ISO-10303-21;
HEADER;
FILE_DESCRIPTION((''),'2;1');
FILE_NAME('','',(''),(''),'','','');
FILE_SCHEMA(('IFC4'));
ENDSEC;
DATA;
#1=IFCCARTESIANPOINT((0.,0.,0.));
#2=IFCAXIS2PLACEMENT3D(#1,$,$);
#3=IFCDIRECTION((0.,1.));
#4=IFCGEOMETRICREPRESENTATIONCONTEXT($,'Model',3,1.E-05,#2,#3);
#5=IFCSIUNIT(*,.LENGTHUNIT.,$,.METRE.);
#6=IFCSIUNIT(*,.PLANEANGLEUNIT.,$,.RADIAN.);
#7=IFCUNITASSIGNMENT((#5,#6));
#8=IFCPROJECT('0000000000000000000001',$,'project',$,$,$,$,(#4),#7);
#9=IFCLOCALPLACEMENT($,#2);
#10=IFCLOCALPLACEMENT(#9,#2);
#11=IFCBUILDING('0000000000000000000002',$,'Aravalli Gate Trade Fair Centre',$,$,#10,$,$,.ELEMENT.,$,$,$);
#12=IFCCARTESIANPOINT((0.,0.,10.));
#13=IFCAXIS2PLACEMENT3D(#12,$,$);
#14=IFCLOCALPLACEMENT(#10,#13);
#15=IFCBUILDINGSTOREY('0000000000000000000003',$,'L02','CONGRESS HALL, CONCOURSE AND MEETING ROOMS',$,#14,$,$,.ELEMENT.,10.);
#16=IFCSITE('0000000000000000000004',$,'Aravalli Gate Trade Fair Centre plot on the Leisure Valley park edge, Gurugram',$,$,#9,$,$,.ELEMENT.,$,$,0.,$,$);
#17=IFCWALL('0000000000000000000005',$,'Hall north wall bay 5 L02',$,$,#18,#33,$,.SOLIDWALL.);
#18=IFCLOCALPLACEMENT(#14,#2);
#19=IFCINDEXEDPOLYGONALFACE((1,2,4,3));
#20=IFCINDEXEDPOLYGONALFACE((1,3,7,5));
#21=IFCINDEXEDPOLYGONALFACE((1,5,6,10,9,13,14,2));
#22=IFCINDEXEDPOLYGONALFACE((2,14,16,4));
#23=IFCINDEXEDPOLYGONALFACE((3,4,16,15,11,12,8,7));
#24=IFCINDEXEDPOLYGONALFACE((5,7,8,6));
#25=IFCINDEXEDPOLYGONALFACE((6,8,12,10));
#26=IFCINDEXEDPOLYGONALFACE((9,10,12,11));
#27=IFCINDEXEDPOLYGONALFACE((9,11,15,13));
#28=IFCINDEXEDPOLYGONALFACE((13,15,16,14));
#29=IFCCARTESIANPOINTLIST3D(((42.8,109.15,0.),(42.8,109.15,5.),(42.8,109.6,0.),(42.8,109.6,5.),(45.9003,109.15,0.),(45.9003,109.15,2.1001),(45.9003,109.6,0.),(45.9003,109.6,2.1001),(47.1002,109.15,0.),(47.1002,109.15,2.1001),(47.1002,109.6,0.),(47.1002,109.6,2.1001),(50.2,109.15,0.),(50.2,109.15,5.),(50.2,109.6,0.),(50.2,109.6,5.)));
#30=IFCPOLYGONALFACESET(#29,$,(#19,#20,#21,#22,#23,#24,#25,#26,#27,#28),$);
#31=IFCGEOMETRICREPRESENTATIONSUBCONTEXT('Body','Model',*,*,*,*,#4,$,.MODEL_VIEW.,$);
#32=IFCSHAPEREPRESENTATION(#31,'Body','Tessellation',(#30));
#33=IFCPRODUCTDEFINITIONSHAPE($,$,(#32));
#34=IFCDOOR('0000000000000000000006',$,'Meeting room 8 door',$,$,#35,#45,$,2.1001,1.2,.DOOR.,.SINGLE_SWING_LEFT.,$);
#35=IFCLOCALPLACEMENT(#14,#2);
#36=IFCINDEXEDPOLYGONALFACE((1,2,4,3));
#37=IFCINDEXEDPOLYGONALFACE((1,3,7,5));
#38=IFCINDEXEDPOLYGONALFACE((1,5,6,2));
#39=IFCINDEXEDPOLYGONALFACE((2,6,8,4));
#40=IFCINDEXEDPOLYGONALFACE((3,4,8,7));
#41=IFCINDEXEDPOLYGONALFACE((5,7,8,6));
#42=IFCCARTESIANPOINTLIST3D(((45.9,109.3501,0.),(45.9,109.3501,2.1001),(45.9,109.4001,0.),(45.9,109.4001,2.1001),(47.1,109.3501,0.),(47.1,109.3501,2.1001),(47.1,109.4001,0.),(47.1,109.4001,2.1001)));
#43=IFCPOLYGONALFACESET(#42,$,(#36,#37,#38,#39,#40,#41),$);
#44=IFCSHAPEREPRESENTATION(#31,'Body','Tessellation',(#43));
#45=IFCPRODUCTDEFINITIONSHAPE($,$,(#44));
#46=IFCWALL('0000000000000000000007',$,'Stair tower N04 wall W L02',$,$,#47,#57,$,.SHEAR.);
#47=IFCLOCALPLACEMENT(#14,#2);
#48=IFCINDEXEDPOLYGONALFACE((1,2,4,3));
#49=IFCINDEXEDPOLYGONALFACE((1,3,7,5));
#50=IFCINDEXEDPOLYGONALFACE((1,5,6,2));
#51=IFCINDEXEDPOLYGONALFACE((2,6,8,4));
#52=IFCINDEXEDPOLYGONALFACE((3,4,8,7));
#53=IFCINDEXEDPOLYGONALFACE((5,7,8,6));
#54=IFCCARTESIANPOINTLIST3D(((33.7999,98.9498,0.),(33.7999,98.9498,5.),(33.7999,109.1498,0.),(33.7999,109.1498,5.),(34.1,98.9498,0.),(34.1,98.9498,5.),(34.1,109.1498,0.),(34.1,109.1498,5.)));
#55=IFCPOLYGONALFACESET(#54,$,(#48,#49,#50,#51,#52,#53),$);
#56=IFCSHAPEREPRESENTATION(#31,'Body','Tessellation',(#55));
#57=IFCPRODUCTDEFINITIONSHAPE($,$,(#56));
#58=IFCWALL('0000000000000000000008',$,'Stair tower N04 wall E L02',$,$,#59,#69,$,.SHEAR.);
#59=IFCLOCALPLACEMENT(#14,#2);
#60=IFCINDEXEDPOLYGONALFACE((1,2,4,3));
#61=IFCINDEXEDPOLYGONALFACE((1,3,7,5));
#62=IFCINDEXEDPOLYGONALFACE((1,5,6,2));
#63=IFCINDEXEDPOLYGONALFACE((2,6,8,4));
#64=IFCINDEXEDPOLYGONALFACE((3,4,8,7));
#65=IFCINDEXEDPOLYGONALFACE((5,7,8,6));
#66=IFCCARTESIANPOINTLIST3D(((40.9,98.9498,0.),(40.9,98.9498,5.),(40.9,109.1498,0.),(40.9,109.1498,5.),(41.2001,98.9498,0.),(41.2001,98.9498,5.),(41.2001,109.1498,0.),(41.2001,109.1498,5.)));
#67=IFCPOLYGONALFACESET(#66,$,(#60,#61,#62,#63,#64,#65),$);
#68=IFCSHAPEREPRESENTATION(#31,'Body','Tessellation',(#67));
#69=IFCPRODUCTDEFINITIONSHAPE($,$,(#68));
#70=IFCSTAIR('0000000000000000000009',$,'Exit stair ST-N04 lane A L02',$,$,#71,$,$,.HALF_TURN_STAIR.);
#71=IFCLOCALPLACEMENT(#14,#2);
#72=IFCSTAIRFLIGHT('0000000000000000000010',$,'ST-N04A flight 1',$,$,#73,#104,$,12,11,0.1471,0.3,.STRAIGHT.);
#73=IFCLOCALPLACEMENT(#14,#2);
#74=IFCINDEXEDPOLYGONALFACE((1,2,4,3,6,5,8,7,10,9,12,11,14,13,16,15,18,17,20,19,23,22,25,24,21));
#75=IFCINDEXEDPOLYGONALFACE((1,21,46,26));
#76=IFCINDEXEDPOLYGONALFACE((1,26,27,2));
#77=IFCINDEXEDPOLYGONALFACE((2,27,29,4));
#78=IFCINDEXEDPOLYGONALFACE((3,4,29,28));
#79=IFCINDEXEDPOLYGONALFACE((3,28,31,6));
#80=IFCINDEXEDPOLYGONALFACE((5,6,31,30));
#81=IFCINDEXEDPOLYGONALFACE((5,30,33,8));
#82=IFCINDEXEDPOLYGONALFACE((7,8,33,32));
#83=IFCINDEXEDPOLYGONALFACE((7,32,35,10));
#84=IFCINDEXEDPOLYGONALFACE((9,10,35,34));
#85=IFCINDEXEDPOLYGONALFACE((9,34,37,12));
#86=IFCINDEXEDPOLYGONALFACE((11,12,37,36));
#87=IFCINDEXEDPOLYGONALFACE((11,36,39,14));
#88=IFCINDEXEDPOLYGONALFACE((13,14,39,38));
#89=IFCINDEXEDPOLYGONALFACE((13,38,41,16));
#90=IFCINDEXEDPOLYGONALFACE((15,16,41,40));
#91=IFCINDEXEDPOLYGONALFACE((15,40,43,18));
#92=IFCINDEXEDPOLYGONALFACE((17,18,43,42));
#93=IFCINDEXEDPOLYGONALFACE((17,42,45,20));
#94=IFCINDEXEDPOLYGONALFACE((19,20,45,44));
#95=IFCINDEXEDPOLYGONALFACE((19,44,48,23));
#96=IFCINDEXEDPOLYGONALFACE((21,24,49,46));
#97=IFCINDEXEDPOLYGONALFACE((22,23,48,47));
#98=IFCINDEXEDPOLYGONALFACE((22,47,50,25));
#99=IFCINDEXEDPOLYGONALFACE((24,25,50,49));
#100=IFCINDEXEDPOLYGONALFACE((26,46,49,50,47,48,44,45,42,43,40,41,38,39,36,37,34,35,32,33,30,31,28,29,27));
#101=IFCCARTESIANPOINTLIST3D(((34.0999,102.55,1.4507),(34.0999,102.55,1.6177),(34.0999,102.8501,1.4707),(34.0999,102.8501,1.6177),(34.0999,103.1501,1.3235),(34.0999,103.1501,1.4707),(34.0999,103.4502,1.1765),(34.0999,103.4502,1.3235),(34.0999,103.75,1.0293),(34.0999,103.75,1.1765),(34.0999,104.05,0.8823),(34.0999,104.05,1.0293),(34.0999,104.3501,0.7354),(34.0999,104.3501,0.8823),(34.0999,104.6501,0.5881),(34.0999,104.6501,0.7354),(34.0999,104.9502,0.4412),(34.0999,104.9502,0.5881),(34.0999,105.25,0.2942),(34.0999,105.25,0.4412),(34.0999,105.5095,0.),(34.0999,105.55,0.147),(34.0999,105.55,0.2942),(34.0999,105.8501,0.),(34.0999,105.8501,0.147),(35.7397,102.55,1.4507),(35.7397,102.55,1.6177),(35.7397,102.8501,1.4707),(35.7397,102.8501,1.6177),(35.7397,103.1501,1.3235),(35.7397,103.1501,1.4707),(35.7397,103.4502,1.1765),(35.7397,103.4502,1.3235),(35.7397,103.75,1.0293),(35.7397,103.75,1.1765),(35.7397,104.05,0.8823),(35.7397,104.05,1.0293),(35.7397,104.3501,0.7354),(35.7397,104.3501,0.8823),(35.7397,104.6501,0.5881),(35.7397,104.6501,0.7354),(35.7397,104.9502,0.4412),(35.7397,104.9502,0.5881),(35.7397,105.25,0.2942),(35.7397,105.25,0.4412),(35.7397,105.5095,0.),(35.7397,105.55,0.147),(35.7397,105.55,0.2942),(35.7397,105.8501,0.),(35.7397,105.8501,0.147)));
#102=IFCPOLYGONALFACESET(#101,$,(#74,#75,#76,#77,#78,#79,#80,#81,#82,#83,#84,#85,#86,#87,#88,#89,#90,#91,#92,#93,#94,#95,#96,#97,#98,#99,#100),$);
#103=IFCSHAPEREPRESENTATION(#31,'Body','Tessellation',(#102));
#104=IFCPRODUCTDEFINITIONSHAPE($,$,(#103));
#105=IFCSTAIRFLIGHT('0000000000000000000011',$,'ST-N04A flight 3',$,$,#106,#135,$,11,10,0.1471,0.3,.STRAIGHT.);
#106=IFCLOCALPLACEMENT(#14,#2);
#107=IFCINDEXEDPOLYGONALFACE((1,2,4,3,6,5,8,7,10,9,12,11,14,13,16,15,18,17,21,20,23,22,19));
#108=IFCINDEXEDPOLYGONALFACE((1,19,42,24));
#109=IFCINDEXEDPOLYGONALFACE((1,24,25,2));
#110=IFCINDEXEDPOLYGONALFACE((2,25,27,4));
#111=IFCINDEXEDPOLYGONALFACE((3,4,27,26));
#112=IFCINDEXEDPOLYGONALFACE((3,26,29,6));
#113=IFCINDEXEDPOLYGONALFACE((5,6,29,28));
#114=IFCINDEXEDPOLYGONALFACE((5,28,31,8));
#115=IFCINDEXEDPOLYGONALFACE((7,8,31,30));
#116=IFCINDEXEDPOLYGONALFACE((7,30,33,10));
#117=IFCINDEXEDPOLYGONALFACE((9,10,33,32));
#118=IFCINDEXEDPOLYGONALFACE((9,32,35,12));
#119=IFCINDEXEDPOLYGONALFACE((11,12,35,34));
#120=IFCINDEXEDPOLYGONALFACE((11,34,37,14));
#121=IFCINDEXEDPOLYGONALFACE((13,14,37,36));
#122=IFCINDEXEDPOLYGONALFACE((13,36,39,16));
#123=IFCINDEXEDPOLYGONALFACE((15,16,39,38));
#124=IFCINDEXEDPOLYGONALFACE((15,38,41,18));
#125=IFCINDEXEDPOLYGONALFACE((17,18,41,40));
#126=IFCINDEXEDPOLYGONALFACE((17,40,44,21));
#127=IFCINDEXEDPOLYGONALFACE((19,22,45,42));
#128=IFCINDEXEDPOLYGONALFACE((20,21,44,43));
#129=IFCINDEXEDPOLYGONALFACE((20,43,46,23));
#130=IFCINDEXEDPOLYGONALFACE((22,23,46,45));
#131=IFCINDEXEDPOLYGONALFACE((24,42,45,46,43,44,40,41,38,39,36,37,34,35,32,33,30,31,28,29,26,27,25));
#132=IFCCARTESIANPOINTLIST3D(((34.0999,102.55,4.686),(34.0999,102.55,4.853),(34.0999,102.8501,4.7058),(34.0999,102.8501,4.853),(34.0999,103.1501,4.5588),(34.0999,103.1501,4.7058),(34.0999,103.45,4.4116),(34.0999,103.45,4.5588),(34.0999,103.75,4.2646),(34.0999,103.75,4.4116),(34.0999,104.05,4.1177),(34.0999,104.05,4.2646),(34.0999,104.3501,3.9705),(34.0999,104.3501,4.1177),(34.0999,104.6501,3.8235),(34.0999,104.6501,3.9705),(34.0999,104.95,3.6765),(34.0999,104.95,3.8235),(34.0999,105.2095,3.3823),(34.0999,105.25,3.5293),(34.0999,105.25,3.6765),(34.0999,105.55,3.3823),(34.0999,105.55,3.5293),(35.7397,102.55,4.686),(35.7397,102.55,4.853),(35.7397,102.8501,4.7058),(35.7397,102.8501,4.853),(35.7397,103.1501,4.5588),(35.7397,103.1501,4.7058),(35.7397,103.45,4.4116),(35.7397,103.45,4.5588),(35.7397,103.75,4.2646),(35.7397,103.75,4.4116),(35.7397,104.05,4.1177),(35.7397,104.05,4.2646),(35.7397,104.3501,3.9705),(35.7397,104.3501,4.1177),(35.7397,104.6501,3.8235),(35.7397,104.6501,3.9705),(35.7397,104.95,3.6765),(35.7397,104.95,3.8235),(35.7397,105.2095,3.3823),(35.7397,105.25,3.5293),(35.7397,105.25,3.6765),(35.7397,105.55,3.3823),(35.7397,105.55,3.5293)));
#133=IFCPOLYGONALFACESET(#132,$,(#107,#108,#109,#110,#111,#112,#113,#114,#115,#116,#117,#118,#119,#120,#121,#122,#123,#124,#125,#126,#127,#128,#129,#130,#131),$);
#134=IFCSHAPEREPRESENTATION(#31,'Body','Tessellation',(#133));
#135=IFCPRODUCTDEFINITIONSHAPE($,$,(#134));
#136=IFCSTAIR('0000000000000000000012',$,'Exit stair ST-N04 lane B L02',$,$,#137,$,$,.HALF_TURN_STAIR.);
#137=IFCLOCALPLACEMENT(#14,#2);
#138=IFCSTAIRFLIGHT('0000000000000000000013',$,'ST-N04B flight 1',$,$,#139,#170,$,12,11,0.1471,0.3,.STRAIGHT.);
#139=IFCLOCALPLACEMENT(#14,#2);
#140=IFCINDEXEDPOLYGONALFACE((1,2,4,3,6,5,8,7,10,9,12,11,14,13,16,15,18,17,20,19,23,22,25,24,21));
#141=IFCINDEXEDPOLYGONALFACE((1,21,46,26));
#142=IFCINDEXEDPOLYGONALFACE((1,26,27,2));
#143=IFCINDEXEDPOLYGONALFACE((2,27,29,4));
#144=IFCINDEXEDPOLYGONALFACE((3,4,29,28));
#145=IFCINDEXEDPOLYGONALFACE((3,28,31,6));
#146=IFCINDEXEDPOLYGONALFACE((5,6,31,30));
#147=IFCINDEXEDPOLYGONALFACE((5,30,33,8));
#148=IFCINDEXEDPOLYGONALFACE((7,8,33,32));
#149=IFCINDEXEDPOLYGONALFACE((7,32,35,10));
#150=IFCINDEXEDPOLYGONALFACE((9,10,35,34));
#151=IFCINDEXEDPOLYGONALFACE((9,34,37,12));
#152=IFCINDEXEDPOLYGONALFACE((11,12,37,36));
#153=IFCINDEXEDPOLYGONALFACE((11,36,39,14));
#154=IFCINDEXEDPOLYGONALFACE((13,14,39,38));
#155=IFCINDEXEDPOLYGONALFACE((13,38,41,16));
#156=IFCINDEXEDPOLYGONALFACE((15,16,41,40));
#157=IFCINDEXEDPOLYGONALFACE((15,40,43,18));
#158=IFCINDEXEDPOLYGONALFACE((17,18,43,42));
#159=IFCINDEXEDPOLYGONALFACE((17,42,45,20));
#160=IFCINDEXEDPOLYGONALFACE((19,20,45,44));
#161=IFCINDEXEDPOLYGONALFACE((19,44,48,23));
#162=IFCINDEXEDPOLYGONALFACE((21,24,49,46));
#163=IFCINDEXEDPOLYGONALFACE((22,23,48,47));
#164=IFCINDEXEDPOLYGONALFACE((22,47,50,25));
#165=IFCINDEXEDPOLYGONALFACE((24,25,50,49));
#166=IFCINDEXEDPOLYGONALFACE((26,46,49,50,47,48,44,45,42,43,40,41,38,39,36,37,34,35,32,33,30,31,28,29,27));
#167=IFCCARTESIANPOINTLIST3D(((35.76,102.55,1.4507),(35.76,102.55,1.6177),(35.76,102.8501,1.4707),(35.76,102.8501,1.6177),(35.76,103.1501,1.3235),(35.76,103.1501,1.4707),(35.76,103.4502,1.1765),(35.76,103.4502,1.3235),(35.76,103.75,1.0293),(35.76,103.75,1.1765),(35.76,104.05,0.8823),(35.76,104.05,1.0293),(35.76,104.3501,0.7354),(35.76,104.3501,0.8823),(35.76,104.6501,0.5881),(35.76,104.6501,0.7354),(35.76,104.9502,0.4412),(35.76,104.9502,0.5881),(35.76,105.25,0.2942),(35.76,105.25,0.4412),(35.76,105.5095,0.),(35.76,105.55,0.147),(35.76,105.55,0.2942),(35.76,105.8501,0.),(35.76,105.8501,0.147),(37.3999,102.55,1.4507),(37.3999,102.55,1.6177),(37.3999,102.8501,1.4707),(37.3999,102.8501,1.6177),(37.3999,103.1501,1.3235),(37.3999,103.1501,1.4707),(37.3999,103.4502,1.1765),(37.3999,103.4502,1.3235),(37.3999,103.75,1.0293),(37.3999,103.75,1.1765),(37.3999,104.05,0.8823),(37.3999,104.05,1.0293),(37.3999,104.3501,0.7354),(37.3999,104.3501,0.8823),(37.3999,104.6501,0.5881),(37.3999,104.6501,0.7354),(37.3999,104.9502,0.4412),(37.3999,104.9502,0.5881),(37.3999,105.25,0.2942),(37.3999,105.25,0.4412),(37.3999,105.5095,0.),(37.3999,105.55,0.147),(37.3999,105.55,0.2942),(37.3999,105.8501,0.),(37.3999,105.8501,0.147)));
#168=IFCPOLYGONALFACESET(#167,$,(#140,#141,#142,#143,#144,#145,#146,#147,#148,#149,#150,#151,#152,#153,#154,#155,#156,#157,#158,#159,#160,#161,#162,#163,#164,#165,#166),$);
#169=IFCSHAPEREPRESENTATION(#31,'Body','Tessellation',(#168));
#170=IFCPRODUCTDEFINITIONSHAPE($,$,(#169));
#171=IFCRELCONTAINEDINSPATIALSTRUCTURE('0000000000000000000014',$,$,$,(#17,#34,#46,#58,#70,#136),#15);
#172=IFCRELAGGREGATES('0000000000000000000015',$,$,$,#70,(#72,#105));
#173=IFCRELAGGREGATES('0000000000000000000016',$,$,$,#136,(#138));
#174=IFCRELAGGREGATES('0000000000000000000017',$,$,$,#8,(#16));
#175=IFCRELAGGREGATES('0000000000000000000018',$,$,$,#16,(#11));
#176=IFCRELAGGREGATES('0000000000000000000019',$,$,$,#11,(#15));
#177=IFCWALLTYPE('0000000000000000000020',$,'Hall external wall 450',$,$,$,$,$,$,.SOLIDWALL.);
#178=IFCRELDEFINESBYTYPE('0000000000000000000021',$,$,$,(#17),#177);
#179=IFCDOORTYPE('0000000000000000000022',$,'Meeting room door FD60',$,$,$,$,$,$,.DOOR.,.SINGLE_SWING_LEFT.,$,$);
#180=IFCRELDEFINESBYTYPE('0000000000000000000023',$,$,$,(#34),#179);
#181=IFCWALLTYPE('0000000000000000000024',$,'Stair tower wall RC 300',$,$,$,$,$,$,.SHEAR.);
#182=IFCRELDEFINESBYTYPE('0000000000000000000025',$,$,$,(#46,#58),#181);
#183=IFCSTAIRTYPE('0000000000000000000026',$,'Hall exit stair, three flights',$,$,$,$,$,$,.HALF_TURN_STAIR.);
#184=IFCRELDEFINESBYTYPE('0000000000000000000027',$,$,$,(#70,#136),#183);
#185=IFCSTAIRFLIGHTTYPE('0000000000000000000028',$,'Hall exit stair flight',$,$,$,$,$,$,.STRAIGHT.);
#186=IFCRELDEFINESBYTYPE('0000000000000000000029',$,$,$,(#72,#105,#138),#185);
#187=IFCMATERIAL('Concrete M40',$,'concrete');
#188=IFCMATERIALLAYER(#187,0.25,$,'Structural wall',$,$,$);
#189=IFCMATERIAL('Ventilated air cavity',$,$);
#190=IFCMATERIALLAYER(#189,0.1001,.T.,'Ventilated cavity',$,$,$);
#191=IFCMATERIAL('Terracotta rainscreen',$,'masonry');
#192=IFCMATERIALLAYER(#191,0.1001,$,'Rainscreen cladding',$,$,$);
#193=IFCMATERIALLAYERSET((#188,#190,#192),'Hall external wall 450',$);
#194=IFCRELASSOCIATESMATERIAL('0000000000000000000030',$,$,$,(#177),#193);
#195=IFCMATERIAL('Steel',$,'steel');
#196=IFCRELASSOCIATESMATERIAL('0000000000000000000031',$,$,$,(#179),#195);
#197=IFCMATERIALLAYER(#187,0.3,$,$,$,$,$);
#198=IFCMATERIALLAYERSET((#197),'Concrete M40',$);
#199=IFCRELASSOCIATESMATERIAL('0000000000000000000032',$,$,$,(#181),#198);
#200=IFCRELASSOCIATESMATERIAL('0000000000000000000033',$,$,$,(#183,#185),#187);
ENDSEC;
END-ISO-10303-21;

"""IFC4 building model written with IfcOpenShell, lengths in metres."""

from ifc_helpers import new_model, si_unit, direction, frame, frame_2d, origin, place, context, subcontext, project, spatial, polyline, rectangle, outline, extrude, material, layer, layer_set, type_object, element, fill, aggregate, save


model = new_model("IFC4")

# Units and contexts
model_context = context("Model", 3, precision=1e-05, world=origin(), true_north=direction((0.0, 1.0)))
body_context = subcontext(model_context, "Body", "Model", "MODEL_VIEW")
ifc_project = project(units=[si_unit("LENGTHUNIT", "METRE"), si_unit("PLANEANGLEUNIT", "RADIAN")], contexts=[model_context])

# Site, building, storey
site_placement = place(None, origin())
site = spatial("IfcSite", under=ifc_project, at=site_placement, Name="Aravalli Gate Trade Fair Centre plot on the Leisure Valley park edge, Gurugram", CompositionType="ELEMENT", RefElevation=0.0)
building_placement = place(site_placement, origin())
building = spatial("IfcBuilding", under=site, at=building_placement, Name="Aravalli Gate Trade Fair Centre", CompositionType="ELEMENT")
storey_placement = place(building_placement, frame((0.0, 0.0, 10.0)))
storey = spatial("IfcBuildingStorey", under=building, at=storey_placement, Name="L02", Description="CONGRESS HALL, CONCOURSE AND MEETING ROOMS", CompositionType="ELEMENT", Elevation=10.0)

# Wall, opening, door
ifc_material_1 = material(Name="Concrete M40", Category="concrete")
ifc_layer_1 = layer(ifc_material_1, 0.25, Name="Structural wall")
ifc_material_2 = material(Name="Ventilated air cavity")
ifc_layer_2 = layer(ifc_material_2, 0.1001, ventilated=True, Name="Ventilated cavity")
ifc_material_3 = material(Name="Terracotta rainscreen", Category="masonry")
ifc_layer_3 = layer(ifc_material_3, 0.1001, Name="Rainscreen cladding")
ifc_layer_set_1 = layer_set([ifc_layer_1, ifc_layer_2, ifc_layer_3], Name="Hall external wall 450")
wall_type_1 = type_object("IfcWallType", Name="Hall external wall 450", PredefinedType="SOLIDWALL", material=ifc_layer_set_1)
ifc_material_4 = material(Name="Steel", Category="steel")
wall_1_placement = place(storey_placement, frame((42.8, 109.375, 0.0), z_axis=(0.0, 0.0, 1.0), x_axis=(1.0, 0.0, 0.0)))
wall_1 = element("IfcWall", 1, at=wall_1_placement, inside=storey, type_object=wall_type_1, Name="Hall north wall bay 5 L02", PredefinedType="SOLIDWALL", context=body_context, shape_type="SweptSolid", body=[
    extrude(rectangle(XDim=7.3999, YDim=0.45, at=frame_2d((3.7, 0.0))), origin(), (0.0, 0.0, 1.0), 5.0),
])
opening_1_placement = place(wall_1_placement, frame((3.1001, 0.0, 0.0)))
opening_1 = element("IfcOpeningElement", 2, at=opening_1_placement, cuts=wall_1, PredefinedType="OPENING", context=body_context, shape_type="SweptSolid", body=[
    extrude(rectangle(XDim=1.2, YDim=2.1001, at=frame_2d((0.6001, 1.05))), frame((0.0, 0.2349, 0.0), z_axis=(0.0, -1.0, 0.0), x_axis=(1.0, 0.0, 0.0)), (0.0, 0.0, 1.0), 0.47),
])
door_type_1 = type_object("IfcDoorType", Name="Meeting room door FD60", OperationType="SINGLE_SWING_LEFT", PredefinedType="DOOR", material=ifc_material_4)
door_1_placement = place(opening_1_placement, frame((1.2, 0.0, 0.0), z_axis=(0.0, 0.0, 1.0), x_axis=(-1.0, 0.0, 0.0)))
door_1 = element("IfcDoor", 3, at=door_1_placement, inside=storey, type_object=door_type_1, Name="Meeting room 8 door", OperationType="SINGLE_SWING_LEFT", OverallHeight=2.1001, OverallWidth=1.2, PredefinedType="DOOR", context=body_context, shape_type="SweptSolid", body=[
    extrude(rectangle(XDim=1.2, YDim=2.1001, at=frame_2d((0.6001, 1.05))), frame((0.0, 0.0249, 0.0), z_axis=(0.0, -1.0, 0.0), x_axis=(1.0, 0.0, 0.0)), (0.0, 0.0, 1.0), 0.05),
])
fill(opening_1, door_1)

# Walls
ifc_layer_4 = layer(ifc_material_1, 0.3)
ifc_layer_set_2 = layer_set([ifc_layer_4], Name="Concrete M40")
wall_type_2 = type_object("IfcWallType", Name="Stair tower wall RC 300", PredefinedType="SHEAR", material=ifc_layer_set_2)
for number, where, z_axis, x_axis, name in (
    (4, (33.95, 109.1499, 0.0), (0.0, 0.0, 1.0), (0.0, -1.0, 0.0), "Stair tower N04 wall W L02"),
    (5, (41.05, 109.1499, 0.0), (0.0, 0.0, 1.0), (0.0, -1.0, 0.0), "Stair tower N04 wall E L02"),
):
    element("IfcWall", number, at=place(storey_placement, frame(where, z_axis=z_axis, x_axis=x_axis)), inside=storey, type_object=wall_type_2, Name=name, PredefinedType="SHEAR", context=body_context, shape_type="SweptSolid", body=[
        extrude(rectangle(XDim=10.2, YDim=0.3, at=frame_2d((5.1001, 0.0))), origin(), (0.0, 0.0, 1.0), 5.0),
    ])

# Stairs, stair flights
stair_type = type_object("IfcStairType", Name="Hall exit stair, three flights", PredefinedType="HALF_TURN_STAIR", material=ifc_material_1)
stair_1_placement = place(storey_placement, origin())
stair_1 = element("IfcStair", 6, at=stair_1_placement, inside=storey, type_object=stair_type, Name="Exit stair ST-N04 lane A L02", PredefinedType="HALF_TURN_STAIR")
stair_flight_type = type_object("IfcStairFlightType", Name="Hall exit stair flight", PredefinedType="STRAIGHT", material=ifc_material_1)
stair_flight_1_placement = place(storey_placement, frame((34.9199, 105.8501, 0.0), z_axis=(0.0, 0.0, 1.0), x_axis=(0.0, -1.0, 0.0)))
stair_flight_1 = element("IfcStairFlight", 7, at=stair_flight_1_placement, type_object=stair_flight_type, Name="ST-N04A flight 1", NumberOfRisers=12, NumberOfTreads=11, PredefinedType="STRAIGHT", RiserHeight=0.1471, TreadLength=0.3, context=body_context, shape_type="SweptSolid", body=[
    extrude(outline(polyline([(0.0, 0.0), (0.0, 0.147), (0.3, 0.147), (0.3, 0.2942), (0.6001, 0.2942), (0.6001, 0.4412), (0.8999, 0.4412), (0.8999, 0.5881), (1.2, 0.5881), (1.2, 0.7354), (1.5, 0.7354), (1.5, 0.8823), (1.8, 0.8823), (1.8, 1.0293), (2.1001, 1.0293), (2.1001, 1.1765), (2.3999, 1.1765), (2.3999, 1.3235), (2.7, 1.3235), (2.7, 1.4707), (3.0, 1.4707), (3.0, 1.6177), (3.3, 1.6177), (3.3, 1.7646), (3.3, 1.4507), (0.3406, 0.0), (0.0, 0.0)])), frame((0.0, 0.8198, 0.0), z_axis=(0.0, -1.0, 0.0), x_axis=(1.0, 0.0, 0.0)), (0.0, 0.0, 1.0), 1.6399),
])
stair_flight_2_placement = place(storey_placement, frame((34.9199, 105.55, 3.3823), z_axis=(0.0, 0.0, 1.0), x_axis=(0.0, -1.0, 0.0)))
stair_flight_2 = element("IfcStairFlight", 8, at=stair_flight_2_placement, type_object=stair_flight_type, Name="ST-N04A flight 3", NumberOfRisers=11, NumberOfTreads=10, PredefinedType="STRAIGHT", RiserHeight=0.1471, TreadLength=0.3, context=body_context, shape_type="SweptSolid", body=[
    extrude(outline(polyline([(0.0, 0.0), (0.0, 0.147), (0.3, 0.147), (0.3, 0.2942), (0.6001, 0.2942), (0.6001, 0.4412), (0.8999, 0.4412), (0.8999, 0.5881), (1.2, 0.5881), (1.2, 0.7354), (1.5, 0.7354), (1.5, 0.8823), (1.8, 0.8823), (1.8, 1.0293), (2.1001, 1.0293), (2.1001, 1.1765), (2.3999, 1.1765), (2.3999, 1.3235), (2.7, 1.3235), (2.7, 1.4707), (3.0, 1.4707), (3.0, 1.6177), (3.0, 1.3037), (0.3406, 0.0), (0.0, 0.0)])), frame((0.0, 0.8198, 0.0), z_axis=(0.0, -1.0, 0.0), x_axis=(1.0, 0.0, 0.0)), (0.0, 0.0, 1.0), 1.6399),
])
aggregate(stair_1, [stair_flight_1, stair_flight_2])
stair_2_placement = place(storey_placement, origin())
stair_2 = element("IfcStair", 9, at=stair_2_placement, inside=storey, type_object=stair_type, Name="Exit stair ST-N04 lane B L02", PredefinedType="HALF_TURN_STAIR")
stair_flight_3_placement = place(storey_placement, frame((36.5801, 105.8501, 0.0), z_axis=(0.0, 0.0, 1.0), x_axis=(0.0, -1.0, 0.0)))
stair_flight_3 = element("IfcStairFlight", 10, at=stair_flight_3_placement, type_object=stair_flight_type, Name="ST-N04B flight 1", NumberOfRisers=12, NumberOfTreads=11, PredefinedType="STRAIGHT", RiserHeight=0.1471, TreadLength=0.3, context=body_context, shape_type="SweptSolid", body=[
    extrude(outline(polyline([(0.0, 0.0), (0.0, 0.147), (0.3, 0.147), (0.3, 0.2942), (0.6001, 0.2942), (0.6001, 0.4412), (0.8999, 0.4412), (0.8999, 0.5881), (1.2, 0.5881), (1.2, 0.7354), (1.5, 0.7354), (1.5, 0.8823), (1.8, 0.8823), (1.8, 1.0293), (2.1001, 1.0293), (2.1001, 1.1765), (2.3999, 1.1765), (2.3999, 1.3235), (2.7, 1.3235), (2.7, 1.4707), (3.0, 1.4707), (3.0, 1.6177), (3.3, 1.6177), (3.3, 1.7646), (3.3, 1.4507), (0.3406, 0.0), (0.0, 0.0)])), frame((0.0, 0.8198, 0.0), z_axis=(0.0, -1.0, 0.0), x_axis=(1.0, 0.0, 0.0)), (0.0, 0.0, 1.0), 1.6399),
])
aggregate(stair_2, [stair_flight_3])

save(model, "model.ifc")
